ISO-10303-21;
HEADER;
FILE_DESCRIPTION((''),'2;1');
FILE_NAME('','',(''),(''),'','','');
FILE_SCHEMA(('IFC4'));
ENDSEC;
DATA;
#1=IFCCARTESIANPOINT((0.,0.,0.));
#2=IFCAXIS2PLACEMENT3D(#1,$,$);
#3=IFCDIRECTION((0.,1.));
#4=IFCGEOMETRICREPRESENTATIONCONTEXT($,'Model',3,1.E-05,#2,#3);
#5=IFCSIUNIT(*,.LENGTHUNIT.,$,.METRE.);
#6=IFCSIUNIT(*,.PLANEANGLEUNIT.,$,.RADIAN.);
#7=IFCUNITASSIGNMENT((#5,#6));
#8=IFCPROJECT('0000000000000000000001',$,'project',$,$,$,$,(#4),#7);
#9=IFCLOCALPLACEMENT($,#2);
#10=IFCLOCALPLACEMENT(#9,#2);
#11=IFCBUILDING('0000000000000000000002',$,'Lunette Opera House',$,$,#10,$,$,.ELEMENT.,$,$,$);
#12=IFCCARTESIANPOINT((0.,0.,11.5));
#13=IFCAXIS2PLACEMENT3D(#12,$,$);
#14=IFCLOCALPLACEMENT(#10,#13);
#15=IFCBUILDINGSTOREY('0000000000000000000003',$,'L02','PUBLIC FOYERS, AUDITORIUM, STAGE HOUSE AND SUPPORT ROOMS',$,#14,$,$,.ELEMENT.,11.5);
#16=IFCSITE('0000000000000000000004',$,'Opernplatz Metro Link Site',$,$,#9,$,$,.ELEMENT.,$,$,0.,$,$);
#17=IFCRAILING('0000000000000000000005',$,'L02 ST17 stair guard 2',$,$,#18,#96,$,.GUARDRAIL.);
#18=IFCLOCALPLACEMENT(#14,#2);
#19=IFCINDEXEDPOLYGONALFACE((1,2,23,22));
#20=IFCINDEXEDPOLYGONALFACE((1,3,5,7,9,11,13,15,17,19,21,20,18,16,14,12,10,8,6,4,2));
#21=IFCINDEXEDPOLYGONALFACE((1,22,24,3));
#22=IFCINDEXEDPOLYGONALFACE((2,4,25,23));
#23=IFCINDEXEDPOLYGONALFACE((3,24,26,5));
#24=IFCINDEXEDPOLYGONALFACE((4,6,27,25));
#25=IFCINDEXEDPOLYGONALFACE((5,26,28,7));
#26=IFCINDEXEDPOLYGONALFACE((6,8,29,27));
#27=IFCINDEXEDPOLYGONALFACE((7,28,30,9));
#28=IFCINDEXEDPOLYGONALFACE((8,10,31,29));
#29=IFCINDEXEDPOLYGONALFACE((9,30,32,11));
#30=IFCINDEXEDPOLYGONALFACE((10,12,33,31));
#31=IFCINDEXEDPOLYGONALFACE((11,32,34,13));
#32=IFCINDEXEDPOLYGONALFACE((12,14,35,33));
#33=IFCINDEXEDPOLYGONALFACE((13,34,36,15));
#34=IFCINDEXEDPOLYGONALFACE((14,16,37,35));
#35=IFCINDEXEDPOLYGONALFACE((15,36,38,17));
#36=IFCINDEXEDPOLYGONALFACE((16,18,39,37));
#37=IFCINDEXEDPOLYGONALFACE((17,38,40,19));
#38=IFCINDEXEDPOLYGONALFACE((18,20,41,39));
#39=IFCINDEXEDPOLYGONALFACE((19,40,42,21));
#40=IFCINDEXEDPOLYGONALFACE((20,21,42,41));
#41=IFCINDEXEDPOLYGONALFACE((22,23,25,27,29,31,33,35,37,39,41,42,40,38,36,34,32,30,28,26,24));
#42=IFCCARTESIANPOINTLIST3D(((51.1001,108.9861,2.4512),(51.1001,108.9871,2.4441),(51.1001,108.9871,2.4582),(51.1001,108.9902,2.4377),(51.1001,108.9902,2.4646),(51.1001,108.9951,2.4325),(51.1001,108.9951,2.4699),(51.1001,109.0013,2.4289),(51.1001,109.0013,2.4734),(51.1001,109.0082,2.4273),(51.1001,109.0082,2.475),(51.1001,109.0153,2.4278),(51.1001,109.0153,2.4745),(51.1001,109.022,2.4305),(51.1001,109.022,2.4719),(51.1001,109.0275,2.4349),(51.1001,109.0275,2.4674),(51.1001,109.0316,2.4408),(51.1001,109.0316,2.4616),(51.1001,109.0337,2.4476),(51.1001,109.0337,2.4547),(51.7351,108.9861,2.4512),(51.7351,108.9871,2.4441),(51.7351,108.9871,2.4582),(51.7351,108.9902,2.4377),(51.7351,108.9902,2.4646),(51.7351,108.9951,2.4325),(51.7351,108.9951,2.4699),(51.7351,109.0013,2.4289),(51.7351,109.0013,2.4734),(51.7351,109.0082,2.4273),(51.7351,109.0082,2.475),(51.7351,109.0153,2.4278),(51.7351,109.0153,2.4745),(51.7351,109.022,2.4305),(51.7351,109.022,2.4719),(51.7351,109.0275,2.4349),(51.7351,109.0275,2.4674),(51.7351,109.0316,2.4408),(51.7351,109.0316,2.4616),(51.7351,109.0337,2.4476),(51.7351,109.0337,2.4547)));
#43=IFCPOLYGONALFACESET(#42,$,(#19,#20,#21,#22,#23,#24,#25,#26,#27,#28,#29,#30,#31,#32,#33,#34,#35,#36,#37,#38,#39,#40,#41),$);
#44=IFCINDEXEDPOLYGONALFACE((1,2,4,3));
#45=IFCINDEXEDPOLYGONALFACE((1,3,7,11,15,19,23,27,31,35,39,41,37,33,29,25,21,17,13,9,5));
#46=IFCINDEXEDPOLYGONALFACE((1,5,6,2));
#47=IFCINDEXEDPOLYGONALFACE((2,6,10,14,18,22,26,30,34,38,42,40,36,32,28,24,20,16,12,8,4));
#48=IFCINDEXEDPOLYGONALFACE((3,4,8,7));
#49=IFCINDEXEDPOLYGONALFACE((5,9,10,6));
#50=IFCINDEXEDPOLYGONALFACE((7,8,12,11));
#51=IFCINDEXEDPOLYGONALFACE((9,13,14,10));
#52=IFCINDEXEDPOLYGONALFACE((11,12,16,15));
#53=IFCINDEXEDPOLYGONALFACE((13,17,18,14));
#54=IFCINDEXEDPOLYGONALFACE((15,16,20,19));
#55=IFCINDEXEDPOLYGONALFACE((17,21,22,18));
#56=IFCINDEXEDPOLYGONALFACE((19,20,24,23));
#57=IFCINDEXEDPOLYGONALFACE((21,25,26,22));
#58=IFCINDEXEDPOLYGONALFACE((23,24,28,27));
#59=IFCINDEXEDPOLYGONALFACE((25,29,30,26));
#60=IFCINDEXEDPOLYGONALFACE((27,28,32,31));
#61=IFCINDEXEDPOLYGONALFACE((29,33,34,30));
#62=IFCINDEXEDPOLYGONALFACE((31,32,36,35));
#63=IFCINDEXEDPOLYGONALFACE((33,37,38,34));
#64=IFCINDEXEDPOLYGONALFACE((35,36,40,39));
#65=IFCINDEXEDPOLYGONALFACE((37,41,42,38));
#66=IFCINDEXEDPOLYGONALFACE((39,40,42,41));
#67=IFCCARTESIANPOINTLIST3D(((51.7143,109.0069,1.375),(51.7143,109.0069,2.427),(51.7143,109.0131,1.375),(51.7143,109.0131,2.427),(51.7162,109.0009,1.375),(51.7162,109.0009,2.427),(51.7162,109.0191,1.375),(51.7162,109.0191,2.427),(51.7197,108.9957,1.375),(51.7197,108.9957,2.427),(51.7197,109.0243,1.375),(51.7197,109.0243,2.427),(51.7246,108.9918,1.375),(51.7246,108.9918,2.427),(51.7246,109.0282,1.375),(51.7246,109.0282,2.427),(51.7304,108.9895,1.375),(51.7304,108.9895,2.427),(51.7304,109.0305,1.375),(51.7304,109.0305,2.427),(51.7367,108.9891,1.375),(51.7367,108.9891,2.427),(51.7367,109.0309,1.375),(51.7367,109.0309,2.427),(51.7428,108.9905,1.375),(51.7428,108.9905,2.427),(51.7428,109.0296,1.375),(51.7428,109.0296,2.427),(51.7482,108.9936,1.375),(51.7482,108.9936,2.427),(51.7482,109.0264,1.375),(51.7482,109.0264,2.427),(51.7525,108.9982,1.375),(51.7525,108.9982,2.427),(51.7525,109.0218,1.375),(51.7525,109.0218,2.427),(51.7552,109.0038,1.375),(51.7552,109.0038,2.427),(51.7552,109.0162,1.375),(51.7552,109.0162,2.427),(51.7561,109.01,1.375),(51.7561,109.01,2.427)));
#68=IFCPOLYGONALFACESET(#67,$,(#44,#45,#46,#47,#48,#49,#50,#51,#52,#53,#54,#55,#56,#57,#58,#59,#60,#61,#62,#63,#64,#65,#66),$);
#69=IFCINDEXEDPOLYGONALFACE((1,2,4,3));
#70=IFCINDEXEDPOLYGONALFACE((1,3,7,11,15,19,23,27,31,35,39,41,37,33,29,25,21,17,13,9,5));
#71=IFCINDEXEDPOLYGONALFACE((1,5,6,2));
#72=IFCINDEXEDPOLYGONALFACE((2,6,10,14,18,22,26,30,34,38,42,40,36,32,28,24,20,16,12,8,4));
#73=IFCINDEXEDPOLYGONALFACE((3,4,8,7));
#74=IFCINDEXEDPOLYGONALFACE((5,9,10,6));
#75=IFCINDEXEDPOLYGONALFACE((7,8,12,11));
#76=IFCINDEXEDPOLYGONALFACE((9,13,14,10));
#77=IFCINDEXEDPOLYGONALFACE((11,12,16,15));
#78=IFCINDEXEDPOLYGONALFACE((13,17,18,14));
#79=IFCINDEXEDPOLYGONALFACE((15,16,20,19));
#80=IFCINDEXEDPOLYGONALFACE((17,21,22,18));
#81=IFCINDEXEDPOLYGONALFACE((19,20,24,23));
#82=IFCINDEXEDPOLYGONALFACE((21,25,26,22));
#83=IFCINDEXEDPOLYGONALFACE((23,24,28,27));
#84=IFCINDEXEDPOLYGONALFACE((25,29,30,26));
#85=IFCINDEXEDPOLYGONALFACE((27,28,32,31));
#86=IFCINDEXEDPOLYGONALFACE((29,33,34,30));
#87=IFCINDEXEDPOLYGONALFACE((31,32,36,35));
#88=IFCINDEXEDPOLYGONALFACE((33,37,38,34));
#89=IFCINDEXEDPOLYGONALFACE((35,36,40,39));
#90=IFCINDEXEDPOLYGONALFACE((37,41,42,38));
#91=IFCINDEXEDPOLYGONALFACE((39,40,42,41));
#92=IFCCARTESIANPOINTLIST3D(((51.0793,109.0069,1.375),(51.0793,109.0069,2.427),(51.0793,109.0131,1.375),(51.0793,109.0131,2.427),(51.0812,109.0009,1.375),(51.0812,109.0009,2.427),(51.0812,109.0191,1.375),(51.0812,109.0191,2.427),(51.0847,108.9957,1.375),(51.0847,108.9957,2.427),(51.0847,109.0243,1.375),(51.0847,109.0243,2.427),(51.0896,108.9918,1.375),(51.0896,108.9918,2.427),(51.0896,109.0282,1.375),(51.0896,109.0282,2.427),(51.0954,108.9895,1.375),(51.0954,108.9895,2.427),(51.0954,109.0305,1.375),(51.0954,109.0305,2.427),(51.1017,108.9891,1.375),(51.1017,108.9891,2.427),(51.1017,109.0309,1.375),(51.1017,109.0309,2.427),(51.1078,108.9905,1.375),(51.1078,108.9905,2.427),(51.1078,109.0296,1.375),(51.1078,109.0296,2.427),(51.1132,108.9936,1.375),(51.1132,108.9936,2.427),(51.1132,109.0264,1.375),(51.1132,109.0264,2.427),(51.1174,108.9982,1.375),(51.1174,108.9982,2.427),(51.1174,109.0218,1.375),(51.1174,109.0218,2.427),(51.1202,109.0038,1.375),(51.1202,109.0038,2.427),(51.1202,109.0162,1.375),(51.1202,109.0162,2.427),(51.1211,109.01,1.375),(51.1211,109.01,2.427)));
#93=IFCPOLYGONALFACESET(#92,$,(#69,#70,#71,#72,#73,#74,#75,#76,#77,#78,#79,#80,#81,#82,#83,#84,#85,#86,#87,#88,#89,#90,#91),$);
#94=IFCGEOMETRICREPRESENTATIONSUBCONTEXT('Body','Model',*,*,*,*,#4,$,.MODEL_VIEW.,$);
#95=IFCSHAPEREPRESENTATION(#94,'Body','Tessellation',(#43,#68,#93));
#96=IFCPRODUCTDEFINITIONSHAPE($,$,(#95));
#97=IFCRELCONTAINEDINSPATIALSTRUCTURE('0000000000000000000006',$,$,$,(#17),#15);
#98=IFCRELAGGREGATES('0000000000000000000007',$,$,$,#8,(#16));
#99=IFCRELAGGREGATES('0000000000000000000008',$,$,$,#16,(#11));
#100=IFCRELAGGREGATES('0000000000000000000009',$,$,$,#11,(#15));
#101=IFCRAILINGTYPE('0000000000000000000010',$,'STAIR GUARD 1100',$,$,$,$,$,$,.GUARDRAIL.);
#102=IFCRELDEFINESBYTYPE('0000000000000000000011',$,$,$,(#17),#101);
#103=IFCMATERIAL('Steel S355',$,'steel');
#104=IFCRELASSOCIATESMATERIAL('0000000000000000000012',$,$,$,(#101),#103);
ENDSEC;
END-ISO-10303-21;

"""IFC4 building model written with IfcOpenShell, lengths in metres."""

from ifc_helpers import new_model, si_unit, direction, frame, origin, origin_2d, place, context, subcontext, project, spatial, circle, extrude, material, type_object, element, save


model = new_model("IFC4")

# Units and contexts
model_context = context("Model", 3, precision=1e-05, world=origin(), true_north=direction((0.0, 1.0)))
body_context = subcontext(model_context, "Body", "Model", "MODEL_VIEW")
ifc_project = project(units=[si_unit("LENGTHUNIT", "METRE"), si_unit("PLANEANGLEUNIT", "RADIAN")], contexts=[model_context])

# Site, building, storey
site_placement = place(None, origin())
site = spatial("IfcSite", under=ifc_project, at=site_placement, Name="Opernplatz Metro Link Site", CompositionType="ELEMENT", RefElevation=0.0)
building_placement = place(site_placement, origin())
building = spatial("IfcBuilding", under=site, at=building_placement, Name="Lunette Opera House", CompositionType="ELEMENT")
storey_placement = place(building_placement, frame((0.0, 0.0, 11.5)))
storey = spatial("IfcBuildingStorey", under=building, at=storey_placement, Name="L02", Description="PUBLIC FOYERS, AUDITORIUM, STAGE HOUSE AND SUPPORT ROOMS", CompositionType="ELEMENT", Elevation=11.5)

# Railing
ifc_material_1 = material(Name="Steel S355", Category="steel")
railing_type_1 = type_object("IfcRailingType", Name="STAIR GUARD 1100", PredefinedType="GUARDRAIL", material=ifc_material_1)
railing_1_placement = place(storey_placement, frame((51.7351, 109.01, 1.375)))
element("IfcRailing", 1, at=railing_1_placement, inside=storey, type_object=railing_type_1, Name="L02 ST17 stair guard 2", PredefinedType="GUARDRAIL", context=body_context, shape_type="SweptSolid", body=[
    extrude(circle(Radius=0.0239, at=origin_2d()), frame((0.0, 0.0, 1.0762), z_axis=(-1.0, 0.0, 0.0), x_axis=(0.0, -1.0, 0.0)), (0.0, 0.0, 1.0), 0.635),
    extrude(circle(Radius=0.021, at=origin_2d()), origin(), (0.0, 0.0, 1.0), 1.052),
    extrude(circle(Radius=0.021, at=origin_2d()), frame((-0.635, 0.0, 0.0)), (0.0, 0.0, 1.0), 1.052),
])

save(model, "model.ifc")
